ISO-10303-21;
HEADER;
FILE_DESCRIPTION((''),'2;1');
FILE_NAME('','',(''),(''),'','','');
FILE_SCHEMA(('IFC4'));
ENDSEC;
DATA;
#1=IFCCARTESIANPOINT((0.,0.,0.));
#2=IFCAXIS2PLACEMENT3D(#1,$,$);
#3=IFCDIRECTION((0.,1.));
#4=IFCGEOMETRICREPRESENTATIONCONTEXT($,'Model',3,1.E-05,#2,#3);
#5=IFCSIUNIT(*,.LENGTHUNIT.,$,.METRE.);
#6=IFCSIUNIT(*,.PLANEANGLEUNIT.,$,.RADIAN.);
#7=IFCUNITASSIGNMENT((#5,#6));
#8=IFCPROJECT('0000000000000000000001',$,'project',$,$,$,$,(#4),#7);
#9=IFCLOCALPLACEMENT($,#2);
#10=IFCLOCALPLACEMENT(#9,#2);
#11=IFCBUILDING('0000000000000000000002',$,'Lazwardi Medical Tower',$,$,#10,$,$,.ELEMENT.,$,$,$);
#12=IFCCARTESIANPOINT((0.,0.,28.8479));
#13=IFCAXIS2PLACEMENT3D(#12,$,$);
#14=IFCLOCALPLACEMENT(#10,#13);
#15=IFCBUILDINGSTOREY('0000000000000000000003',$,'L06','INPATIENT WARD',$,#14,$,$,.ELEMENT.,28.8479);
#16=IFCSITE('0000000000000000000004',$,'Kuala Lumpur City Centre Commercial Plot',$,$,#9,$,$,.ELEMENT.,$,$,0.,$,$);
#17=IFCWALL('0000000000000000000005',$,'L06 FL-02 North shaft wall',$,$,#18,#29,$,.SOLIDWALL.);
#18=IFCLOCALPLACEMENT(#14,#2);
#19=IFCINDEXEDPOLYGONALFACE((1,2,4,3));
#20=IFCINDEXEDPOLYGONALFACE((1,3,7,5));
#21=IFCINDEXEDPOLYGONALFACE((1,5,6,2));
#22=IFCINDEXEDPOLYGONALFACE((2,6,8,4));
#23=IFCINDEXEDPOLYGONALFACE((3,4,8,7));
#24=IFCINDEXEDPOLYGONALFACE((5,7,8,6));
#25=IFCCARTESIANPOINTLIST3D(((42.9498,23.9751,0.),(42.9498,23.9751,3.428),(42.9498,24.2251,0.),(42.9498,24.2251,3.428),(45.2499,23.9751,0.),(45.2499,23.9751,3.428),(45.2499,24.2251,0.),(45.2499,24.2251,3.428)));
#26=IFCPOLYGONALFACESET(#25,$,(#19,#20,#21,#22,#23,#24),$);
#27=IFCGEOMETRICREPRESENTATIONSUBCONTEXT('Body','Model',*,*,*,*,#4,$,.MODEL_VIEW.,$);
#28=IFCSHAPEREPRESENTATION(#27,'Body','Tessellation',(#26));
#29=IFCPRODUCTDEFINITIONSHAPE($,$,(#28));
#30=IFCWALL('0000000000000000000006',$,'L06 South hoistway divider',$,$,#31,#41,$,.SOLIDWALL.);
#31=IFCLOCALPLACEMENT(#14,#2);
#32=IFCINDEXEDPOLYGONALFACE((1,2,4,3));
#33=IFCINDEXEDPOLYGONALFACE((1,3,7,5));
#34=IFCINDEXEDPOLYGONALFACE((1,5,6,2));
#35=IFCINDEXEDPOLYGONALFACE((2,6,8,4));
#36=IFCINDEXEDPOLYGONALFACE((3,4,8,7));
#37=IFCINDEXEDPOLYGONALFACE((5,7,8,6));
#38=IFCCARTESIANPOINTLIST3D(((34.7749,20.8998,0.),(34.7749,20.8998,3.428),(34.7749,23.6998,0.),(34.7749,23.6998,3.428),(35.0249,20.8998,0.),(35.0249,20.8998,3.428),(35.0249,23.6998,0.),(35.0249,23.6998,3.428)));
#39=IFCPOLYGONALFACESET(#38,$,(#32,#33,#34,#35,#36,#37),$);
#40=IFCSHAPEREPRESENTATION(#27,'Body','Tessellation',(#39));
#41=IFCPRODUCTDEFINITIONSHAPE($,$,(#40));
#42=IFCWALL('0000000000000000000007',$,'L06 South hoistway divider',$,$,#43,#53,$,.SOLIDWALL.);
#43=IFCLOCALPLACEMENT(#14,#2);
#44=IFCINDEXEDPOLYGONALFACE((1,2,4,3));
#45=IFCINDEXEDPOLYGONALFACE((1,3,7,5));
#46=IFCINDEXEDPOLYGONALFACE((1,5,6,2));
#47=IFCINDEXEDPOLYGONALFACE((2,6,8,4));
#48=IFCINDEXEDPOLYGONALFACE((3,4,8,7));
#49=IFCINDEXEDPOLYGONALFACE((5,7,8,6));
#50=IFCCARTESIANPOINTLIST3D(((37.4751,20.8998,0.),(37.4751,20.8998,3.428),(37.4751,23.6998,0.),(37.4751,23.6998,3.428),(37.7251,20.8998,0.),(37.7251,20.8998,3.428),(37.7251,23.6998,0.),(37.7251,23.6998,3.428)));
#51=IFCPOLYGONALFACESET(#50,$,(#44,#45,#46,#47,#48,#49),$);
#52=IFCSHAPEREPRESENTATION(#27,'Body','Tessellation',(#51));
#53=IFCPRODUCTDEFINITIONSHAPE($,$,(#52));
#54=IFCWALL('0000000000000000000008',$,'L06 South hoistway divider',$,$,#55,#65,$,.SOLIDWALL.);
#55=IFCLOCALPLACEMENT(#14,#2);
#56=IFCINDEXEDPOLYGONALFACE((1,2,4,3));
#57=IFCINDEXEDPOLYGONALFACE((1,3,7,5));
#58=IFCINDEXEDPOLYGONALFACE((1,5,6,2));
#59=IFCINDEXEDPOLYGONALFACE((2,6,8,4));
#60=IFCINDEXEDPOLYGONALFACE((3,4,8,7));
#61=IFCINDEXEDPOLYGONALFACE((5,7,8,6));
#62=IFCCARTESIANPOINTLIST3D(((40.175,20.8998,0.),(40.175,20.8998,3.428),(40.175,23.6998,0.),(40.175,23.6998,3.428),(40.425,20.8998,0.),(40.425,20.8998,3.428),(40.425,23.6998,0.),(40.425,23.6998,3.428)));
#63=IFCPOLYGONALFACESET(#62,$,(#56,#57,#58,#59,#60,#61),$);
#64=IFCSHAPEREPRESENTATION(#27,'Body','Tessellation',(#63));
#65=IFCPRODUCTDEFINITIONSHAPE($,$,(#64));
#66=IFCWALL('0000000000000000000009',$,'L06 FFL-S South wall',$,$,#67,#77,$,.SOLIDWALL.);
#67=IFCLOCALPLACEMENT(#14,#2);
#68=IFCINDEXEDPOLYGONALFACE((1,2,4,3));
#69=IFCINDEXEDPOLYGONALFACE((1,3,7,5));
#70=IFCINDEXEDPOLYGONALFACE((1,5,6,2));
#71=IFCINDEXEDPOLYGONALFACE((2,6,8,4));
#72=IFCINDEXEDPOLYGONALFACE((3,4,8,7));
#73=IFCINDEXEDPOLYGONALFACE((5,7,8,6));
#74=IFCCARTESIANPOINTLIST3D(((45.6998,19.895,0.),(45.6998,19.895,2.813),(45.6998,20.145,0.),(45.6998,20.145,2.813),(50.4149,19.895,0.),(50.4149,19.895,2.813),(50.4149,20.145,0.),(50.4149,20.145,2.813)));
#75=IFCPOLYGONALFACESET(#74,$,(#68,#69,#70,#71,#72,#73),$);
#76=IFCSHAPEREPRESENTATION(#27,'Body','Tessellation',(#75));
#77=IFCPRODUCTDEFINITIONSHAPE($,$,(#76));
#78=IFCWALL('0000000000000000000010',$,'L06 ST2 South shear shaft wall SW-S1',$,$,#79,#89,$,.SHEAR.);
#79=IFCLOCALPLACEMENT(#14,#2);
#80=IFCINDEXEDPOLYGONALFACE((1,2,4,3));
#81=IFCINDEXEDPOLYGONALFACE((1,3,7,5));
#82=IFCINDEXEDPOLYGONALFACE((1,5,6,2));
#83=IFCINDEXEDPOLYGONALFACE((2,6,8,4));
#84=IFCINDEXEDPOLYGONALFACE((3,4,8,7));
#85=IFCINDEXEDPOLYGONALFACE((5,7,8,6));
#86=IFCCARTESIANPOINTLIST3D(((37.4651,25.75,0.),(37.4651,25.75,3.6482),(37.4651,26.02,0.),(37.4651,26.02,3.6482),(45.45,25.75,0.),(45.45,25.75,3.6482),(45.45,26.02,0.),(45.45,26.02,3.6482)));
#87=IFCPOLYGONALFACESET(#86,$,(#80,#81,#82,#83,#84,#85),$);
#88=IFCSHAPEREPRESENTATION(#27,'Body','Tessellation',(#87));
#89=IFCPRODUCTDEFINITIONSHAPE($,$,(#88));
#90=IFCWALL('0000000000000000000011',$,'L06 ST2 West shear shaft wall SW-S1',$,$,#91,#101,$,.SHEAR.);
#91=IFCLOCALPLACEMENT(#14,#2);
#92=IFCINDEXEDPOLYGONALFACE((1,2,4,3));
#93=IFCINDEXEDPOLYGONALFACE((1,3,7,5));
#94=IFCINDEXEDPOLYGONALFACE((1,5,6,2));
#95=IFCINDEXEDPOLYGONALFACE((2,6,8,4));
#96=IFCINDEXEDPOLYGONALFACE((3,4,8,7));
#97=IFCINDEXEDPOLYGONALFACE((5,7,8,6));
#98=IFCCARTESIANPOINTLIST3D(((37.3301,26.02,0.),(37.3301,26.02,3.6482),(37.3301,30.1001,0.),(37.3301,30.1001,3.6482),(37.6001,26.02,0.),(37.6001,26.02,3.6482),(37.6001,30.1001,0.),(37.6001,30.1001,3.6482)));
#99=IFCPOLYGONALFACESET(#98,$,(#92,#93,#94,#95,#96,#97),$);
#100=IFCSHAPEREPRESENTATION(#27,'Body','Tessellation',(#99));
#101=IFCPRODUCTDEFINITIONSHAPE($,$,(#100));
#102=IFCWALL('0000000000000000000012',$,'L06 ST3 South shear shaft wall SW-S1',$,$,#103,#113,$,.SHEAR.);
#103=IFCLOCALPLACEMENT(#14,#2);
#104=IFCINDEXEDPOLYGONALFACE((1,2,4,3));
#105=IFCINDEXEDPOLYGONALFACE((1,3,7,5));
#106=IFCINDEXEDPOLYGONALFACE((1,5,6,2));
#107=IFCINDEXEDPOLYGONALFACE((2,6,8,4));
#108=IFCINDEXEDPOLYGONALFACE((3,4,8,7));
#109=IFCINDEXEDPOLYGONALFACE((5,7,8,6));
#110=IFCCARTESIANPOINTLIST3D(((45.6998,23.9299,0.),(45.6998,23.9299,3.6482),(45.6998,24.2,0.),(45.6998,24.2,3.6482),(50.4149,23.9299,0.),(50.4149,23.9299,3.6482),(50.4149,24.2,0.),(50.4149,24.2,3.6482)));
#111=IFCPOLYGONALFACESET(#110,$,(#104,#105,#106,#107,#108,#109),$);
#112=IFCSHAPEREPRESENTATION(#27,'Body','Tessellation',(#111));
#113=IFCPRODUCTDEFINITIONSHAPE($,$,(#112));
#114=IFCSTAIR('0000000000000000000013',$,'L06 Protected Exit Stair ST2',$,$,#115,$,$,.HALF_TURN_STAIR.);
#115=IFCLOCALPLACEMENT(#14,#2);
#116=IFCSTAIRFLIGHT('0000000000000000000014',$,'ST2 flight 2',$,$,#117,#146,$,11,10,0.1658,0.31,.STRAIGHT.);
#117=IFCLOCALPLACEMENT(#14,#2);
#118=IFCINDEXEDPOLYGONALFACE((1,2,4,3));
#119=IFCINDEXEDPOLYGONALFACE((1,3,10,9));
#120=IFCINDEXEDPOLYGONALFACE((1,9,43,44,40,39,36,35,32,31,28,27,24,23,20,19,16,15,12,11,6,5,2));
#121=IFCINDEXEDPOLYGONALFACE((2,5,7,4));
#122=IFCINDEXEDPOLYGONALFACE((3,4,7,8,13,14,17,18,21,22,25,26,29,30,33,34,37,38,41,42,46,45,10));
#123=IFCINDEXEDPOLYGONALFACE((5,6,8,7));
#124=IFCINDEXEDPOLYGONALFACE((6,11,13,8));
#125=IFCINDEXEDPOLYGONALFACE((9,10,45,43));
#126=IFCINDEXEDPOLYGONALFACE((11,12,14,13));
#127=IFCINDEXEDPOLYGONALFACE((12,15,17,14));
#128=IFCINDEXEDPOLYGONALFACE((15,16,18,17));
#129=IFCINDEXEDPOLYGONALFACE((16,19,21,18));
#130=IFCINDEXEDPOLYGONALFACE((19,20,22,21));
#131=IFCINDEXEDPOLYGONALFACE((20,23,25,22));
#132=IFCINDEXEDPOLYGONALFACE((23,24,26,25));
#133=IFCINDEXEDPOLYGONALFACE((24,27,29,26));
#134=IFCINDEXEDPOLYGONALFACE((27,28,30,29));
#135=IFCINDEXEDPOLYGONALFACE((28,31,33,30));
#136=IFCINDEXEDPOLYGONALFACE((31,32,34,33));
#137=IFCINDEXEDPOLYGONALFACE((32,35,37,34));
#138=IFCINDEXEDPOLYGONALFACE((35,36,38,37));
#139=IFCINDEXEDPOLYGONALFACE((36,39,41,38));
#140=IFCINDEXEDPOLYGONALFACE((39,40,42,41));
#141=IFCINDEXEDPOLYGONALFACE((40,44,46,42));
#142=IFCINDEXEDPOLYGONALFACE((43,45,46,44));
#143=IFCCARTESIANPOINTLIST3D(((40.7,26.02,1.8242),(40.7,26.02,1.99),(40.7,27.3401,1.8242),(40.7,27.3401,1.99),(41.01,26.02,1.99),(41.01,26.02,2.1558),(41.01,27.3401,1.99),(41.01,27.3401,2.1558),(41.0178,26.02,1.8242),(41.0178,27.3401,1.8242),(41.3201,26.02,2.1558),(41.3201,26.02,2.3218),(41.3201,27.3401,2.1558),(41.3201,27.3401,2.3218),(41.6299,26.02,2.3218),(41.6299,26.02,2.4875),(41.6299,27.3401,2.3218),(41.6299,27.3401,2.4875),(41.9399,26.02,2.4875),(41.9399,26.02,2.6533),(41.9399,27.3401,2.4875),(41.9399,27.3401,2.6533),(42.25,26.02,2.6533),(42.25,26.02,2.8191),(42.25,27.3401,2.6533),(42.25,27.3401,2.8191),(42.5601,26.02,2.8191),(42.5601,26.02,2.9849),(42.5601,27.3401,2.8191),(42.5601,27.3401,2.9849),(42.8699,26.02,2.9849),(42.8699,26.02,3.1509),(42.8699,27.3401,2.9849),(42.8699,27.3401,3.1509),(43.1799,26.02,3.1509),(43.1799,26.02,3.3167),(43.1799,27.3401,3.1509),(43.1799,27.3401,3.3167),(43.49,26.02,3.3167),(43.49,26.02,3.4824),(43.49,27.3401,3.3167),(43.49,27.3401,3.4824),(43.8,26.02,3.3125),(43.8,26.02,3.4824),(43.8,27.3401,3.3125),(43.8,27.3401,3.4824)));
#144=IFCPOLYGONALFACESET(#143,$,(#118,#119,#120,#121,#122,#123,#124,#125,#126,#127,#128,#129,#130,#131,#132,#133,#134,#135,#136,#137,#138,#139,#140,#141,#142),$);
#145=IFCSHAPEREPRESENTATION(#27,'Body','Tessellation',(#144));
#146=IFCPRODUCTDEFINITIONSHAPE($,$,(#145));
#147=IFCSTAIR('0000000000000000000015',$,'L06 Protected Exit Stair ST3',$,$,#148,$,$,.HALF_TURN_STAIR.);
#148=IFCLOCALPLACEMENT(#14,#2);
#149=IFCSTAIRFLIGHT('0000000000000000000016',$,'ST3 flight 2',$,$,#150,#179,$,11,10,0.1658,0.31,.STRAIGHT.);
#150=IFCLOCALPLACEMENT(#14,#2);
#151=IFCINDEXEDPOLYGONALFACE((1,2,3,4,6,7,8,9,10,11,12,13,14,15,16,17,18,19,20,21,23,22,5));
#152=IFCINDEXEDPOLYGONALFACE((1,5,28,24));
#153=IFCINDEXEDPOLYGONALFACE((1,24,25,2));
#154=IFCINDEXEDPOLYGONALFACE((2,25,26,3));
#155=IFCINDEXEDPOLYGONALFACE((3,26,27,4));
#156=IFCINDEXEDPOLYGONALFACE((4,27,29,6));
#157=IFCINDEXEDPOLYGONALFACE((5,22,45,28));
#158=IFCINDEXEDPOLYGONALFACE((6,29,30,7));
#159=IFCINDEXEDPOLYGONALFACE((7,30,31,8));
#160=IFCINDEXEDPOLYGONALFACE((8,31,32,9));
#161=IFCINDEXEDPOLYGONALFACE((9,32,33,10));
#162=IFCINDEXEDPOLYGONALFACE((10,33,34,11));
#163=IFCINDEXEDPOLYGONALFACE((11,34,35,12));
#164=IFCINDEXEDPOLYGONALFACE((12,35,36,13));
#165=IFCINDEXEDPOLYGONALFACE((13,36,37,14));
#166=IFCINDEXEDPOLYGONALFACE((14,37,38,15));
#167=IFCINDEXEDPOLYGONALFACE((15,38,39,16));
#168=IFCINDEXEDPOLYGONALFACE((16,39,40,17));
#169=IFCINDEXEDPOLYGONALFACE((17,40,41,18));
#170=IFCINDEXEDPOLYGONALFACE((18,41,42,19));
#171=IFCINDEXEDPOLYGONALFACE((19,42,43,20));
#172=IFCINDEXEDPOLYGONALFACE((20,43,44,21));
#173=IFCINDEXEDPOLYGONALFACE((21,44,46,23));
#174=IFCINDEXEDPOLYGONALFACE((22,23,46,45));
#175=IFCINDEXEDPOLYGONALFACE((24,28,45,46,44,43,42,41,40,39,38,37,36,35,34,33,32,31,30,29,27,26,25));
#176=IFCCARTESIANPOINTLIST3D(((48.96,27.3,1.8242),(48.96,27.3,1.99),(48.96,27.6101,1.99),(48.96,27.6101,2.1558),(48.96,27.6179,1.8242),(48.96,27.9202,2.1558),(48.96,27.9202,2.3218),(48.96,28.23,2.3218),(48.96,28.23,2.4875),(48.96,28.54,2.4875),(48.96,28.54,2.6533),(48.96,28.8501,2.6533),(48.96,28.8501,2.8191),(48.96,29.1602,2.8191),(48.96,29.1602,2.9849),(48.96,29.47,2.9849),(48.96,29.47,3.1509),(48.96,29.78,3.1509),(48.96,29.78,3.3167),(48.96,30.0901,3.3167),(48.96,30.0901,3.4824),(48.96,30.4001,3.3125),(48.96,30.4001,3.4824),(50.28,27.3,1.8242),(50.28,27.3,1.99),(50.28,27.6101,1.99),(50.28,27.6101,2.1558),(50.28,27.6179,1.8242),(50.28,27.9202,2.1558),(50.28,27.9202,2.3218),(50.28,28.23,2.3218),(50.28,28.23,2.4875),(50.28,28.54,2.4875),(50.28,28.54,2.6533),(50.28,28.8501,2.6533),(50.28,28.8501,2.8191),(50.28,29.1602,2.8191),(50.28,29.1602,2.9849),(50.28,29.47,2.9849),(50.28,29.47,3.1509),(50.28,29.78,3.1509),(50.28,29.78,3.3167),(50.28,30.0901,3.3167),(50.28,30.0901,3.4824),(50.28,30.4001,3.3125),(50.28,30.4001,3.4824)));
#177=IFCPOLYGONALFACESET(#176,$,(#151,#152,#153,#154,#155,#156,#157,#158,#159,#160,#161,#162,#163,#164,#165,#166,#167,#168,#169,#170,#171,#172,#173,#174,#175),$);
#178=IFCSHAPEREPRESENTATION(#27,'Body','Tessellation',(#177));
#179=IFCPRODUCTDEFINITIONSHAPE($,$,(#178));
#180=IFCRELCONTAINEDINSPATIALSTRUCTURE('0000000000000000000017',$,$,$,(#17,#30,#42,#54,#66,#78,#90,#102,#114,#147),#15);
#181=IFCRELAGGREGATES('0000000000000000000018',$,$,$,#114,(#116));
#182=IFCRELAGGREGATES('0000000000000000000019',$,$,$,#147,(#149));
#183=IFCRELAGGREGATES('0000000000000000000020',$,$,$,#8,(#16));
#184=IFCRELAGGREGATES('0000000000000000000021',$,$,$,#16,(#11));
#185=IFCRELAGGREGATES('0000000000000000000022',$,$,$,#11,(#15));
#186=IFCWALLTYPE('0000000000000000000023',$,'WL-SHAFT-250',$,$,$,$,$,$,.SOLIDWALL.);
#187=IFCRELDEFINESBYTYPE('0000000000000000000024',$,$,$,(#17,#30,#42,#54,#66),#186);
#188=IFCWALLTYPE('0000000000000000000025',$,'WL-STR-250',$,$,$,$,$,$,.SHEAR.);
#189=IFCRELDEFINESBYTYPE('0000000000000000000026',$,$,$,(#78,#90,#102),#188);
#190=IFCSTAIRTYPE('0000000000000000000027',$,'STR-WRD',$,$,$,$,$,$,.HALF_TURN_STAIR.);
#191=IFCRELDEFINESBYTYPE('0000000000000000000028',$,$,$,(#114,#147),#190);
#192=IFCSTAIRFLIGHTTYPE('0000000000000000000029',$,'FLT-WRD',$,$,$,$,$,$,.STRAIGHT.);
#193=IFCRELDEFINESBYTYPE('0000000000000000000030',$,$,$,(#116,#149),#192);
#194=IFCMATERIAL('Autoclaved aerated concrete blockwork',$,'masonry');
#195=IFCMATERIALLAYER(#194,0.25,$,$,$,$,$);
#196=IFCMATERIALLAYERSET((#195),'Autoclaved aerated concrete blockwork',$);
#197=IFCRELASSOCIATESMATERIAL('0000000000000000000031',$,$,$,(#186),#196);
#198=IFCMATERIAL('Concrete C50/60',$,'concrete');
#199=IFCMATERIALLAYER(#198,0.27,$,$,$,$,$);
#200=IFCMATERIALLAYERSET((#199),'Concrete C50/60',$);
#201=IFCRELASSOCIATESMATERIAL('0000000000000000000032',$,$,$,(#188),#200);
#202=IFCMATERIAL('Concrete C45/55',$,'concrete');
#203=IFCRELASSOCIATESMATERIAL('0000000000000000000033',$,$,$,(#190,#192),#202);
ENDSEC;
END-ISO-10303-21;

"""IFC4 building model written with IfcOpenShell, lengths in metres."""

from ifc_helpers import new_model, si_unit, direction, frame, frame_2d, origin, place, context, subcontext, project, spatial, polyline, rectangle, outline, extrude, material, layer, layer_set, type_object, element, aggregate, save


model = new_model("IFC4")

# Units and contexts
model_context = context("Model", 3, precision=1e-05, world=origin(), true_north=direction((0.0, 1.0)))
body_context = subcontext(model_context, "Body", "Model", "MODEL_VIEW")
ifc_project = project(units=[si_unit("LENGTHUNIT", "METRE"), si_unit("PLANEANGLEUNIT", "RADIAN")], contexts=[model_context])

# Site, building, storey
site_placement = place(None, origin())
site = spatial("IfcSite", under=ifc_project, at=site_placement, Name="Kuala Lumpur City Centre Commercial Plot", CompositionType="ELEMENT", RefElevation=0.0)
building_placement = place(site_placement, origin())
building = spatial("IfcBuilding", under=site, at=building_placement, Name="Lazwardi Medical Tower", CompositionType="ELEMENT")
storey_placement = place(building_placement, frame((0.0, 0.0, 28.8479)))
storey = spatial("IfcBuildingStorey", under=building, at=storey_placement, Name="L06", Description="INPATIENT WARD", CompositionType="ELEMENT", Elevation=28.8479)

# Walls
ifc_material_1 = material(Name="Autoclaved aerated concrete blockwork", Category="masonry")
ifc_layer_1 = layer(ifc_material_1, 0.25)
ifc_layer_set_1 = layer_set([ifc_layer_1], Name="Autoclaved aerated concrete blockwork")
wall_type_1 = type_object("IfcWallType", Name="WL-SHAFT-250", PredefinedType="SOLIDWALL", material=ifc_layer_set_1)
wall_1_placement = place(storey_placement, frame((42.95, 24.1001, 0.0), z_axis=(0.0, 0.0, 1.0), x_axis=(1.0, 0.0, 0.0)))
element("IfcWall", 1, at=wall_1_placement, inside=storey, type_object=wall_type_1, Name="L06 FL-02 North shaft wall", PredefinedType="SOLIDWALL", context=body_context, shape_type="SweptSolid", body=[
    extrude(rectangle(XDim=2.3, YDim=0.25, at=frame_2d((1.1499, 0.0))), origin(), (0.0, 0.0, 1.0), 3.428),
])
for number, where, z_axis, x_axis, name in (
    (2, (34.8999, 20.8999, 0.0), (0.0, 0.0, 1.0), (0.0, 1.0, 0.0), "L06 South hoistway divider"),
    (3, (37.6001, 20.8999, 0.0), (0.0, 0.0, 1.0), (0.0, 1.0, 0.0), "L06 South hoistway divider"),
    (4, (40.3, 20.8999, 0.0), (0.0, 0.0, 1.0), (0.0, 1.0, 0.0), "L06 South hoistway divider"),
):
    element("IfcWall", number, at=place(storey_placement, frame(where, z_axis=z_axis, x_axis=x_axis)), inside=storey, type_object=wall_type_1, Name=name, PredefinedType="SOLIDWALL", context=body_context, shape_type="SweptSolid", body=[
        extrude(rectangle(XDim=2.8, YDim=0.25, at=frame_2d((1.3999, 0.0))), origin(), (0.0, 0.0, 1.0), 3.428),
    ])
wall_2_placement = place(storey_placement, frame((45.7, 20.02, 0.0), z_axis=(0.0, 0.0, 1.0), x_axis=(1.0, 0.0, 0.0)))
element("IfcWall", 5, at=wall_2_placement, inside=storey, type_object=wall_type_1, Name="L06 FFL-S South wall", PredefinedType="SOLIDWALL", context=body_context, shape_type="SweptSolid", body=[
    extrude(rectangle(XDim=4.7151, YDim=0.25, at=frame_2d((2.3574, 0.0))), origin(), (0.0, 0.0, 1.0), 2.813),
])
ifc_material_2 = material(Name="Concrete C50/60", Category="concrete")
ifc_layer_2 = layer(ifc_material_2, 0.27)
ifc_layer_set_2 = layer_set([ifc_layer_2], Name="Concrete C50/60")
wall_type_2 = type_object("IfcWallType", Name="WL-STR-250", PredefinedType="SHEAR", material=ifc_layer_set_2)
wall_3_placement = place(storey_placement, frame((37.4651, 25.885, 0.0), z_axis=(0.0, 0.0, 1.0), x_axis=(1.0, 0.0, 0.0)))
element("IfcWall", 6, at=wall_3_placement, inside=storey, type_object=wall_type_2, Name="L06 ST2 South shear shaft wall SW-S1", PredefinedType="SHEAR", context=body_context, shape_type="SweptSolid", body=[
    extrude(rectangle(XDim=7.9849, YDim=0.27, at=frame_2d((3.9924, 0.0))), origin(), (0.0, 0.0, 1.0), 3.6482),
])
wall_4_placement = place(storey_placement, frame((37.4651, 26.02, 0.0), z_axis=(0.0, 0.0, 1.0), x_axis=(0.0, 1.0, 0.0)))
element("IfcWall", 7, at=wall_4_placement, inside=storey, type_object=wall_type_2, Name="L06 ST2 West shear shaft wall SW-S1", PredefinedType="SHEAR", context=body_context, shape_type="SweptSolid", body=[
    extrude(rectangle(XDim=4.0801, YDim=0.27, at=frame_2d((2.04, 0.0))), origin(), (0.0, 0.0, 1.0), 3.6482),
])
wall_5_placement = place(storey_placement, frame((45.7, 24.0649, 0.0), z_axis=(0.0, 0.0, 1.0), x_axis=(1.0, 0.0, 0.0)))
element("IfcWall", 8, at=wall_5_placement, inside=storey, type_object=wall_type_2, Name="L06 ST3 South shear shaft wall SW-S1", PredefinedType="SHEAR", context=body_context, shape_type="SweptSolid", body=[
    extrude(rectangle(XDim=4.7151, YDim=0.27, at=frame_2d((2.3574, 0.0))), origin(), (0.0, 0.0, 1.0), 3.6482),
])

# Stairs, stair flights
ifc_material_3 = material(Name="Concrete C45/55", Category="concrete")
stair_type = type_object("IfcStairType", Name="STR-WRD", PredefinedType="HALF_TURN_STAIR", material=ifc_material_3)
stair_1_placement = place(storey_placement, origin())
stair_1 = element("IfcStair", 9, at=stair_1_placement, inside=storey, type_object=stair_type, Name="L06 Protected Exit Stair ST2", PredefinedType="HALF_TURN_STAIR")
stair_flight_type = type_object("IfcStairFlightType", Name="FLT-WRD", PredefinedType="STRAIGHT", material=ifc_material_3)
stair_flight_1_placement = place(storey_placement, frame((40.7, 26.6799, 1.8242), z_axis=(0.0, 0.0, 1.0), x_axis=(1.0, 0.0, 0.0)))
stair_flight_1 = element("IfcStairFlight", 10, at=stair_flight_1_placement, type_object=stair_flight_type, Name="ST2 flight 2", NumberOfRisers=11, NumberOfTreads=10, PredefinedType="STRAIGHT", RiserHeight=0.1658, TreadLength=0.31, context=body_context, shape_type="SweptSolid", body=[
    extrude(outline(polyline([(0.0, 0.0), (0.0, 0.1658), (0.3101, 0.1658), (0.3101, 0.3315), (0.6201, 0.3315), (0.6201, 0.4976), (0.9299, 0.4976), (0.9299, 0.6633), (1.24, 0.6633), (1.24, 0.8291), (1.55, 0.8291), (1.55, 0.9949), (1.8601, 0.9949), (1.8601, 1.1606), (2.1699, 1.1606), (2.1699, 1.3267), (2.48, 1.3267), (2.48, 1.4924), (2.79, 1.4924), (2.79, 1.6582), (3.1001, 1.6582), (3.1001, 1.824), (3.1001, 1.4883), (0.3179, 0.0), (0.0, 0.0)])), frame((0.0, 0.6602, 0.0), z_axis=(0.0, -1.0, 0.0), x_axis=(1.0, 0.0, 0.0)), (0.0, 0.0, 1.0), 1.3201),
])
aggregate(stair_1, [stair_flight_1])
stair_2_placement = place(storey_placement, origin())
stair_2 = element("IfcStair", 11, at=stair_2_placement, inside=storey, type_object=stair_type, Name="L06 Protected Exit Stair ST3", PredefinedType="HALF_TURN_STAIR")
stair_flight_2_placement = place(storey_placement, frame((49.6201, 27.3, 1.8242), z_axis=(0.0, 0.0, 1.0), x_axis=(0.0, 1.0, 0.0)))
stair_flight_2 = element("IfcStairFlight", 12, at=stair_flight_2_placement, type_object=stair_flight_type, Name="ST3 flight 2", NumberOfRisers=11, NumberOfTreads=10, PredefinedType="STRAIGHT", RiserHeight=0.1658, TreadLength=0.31, context=body_context, shape_type="SweptSolid", body=[
    extrude(outline(polyline([(0.0, 0.0), (0.0, 0.1658), (0.3101, 0.1658), (0.3101, 0.3315), (0.6201, 0.3315), (0.6201, 0.4976), (0.9299, 0.4976), (0.9299, 0.6633), (1.24, 0.6633), (1.24, 0.8291), (1.55, 0.8291), (1.55, 0.9949), (1.8601, 0.9949), (1.8601, 1.1606), (2.1699, 1.1606), (2.1699, 1.3267), (2.48, 1.3267), (2.48, 1.4924), (2.79, 1.4924), (2.79, 1.6582), (3.1001, 1.6582), (3.1001, 1.824), (3.1001, 1.4883), (0.3179, 0.0), (0.0, 0.0)])), frame((0.0, 0.6602, 0.0), z_axis=(0.0, -1.0, 0.0), x_axis=(1.0, 0.0, 0.0)), (0.0, 0.0, 1.0), 1.3201),
])
aggregate(stair_2, [stair_flight_2])

save(model, "model.ifc")
